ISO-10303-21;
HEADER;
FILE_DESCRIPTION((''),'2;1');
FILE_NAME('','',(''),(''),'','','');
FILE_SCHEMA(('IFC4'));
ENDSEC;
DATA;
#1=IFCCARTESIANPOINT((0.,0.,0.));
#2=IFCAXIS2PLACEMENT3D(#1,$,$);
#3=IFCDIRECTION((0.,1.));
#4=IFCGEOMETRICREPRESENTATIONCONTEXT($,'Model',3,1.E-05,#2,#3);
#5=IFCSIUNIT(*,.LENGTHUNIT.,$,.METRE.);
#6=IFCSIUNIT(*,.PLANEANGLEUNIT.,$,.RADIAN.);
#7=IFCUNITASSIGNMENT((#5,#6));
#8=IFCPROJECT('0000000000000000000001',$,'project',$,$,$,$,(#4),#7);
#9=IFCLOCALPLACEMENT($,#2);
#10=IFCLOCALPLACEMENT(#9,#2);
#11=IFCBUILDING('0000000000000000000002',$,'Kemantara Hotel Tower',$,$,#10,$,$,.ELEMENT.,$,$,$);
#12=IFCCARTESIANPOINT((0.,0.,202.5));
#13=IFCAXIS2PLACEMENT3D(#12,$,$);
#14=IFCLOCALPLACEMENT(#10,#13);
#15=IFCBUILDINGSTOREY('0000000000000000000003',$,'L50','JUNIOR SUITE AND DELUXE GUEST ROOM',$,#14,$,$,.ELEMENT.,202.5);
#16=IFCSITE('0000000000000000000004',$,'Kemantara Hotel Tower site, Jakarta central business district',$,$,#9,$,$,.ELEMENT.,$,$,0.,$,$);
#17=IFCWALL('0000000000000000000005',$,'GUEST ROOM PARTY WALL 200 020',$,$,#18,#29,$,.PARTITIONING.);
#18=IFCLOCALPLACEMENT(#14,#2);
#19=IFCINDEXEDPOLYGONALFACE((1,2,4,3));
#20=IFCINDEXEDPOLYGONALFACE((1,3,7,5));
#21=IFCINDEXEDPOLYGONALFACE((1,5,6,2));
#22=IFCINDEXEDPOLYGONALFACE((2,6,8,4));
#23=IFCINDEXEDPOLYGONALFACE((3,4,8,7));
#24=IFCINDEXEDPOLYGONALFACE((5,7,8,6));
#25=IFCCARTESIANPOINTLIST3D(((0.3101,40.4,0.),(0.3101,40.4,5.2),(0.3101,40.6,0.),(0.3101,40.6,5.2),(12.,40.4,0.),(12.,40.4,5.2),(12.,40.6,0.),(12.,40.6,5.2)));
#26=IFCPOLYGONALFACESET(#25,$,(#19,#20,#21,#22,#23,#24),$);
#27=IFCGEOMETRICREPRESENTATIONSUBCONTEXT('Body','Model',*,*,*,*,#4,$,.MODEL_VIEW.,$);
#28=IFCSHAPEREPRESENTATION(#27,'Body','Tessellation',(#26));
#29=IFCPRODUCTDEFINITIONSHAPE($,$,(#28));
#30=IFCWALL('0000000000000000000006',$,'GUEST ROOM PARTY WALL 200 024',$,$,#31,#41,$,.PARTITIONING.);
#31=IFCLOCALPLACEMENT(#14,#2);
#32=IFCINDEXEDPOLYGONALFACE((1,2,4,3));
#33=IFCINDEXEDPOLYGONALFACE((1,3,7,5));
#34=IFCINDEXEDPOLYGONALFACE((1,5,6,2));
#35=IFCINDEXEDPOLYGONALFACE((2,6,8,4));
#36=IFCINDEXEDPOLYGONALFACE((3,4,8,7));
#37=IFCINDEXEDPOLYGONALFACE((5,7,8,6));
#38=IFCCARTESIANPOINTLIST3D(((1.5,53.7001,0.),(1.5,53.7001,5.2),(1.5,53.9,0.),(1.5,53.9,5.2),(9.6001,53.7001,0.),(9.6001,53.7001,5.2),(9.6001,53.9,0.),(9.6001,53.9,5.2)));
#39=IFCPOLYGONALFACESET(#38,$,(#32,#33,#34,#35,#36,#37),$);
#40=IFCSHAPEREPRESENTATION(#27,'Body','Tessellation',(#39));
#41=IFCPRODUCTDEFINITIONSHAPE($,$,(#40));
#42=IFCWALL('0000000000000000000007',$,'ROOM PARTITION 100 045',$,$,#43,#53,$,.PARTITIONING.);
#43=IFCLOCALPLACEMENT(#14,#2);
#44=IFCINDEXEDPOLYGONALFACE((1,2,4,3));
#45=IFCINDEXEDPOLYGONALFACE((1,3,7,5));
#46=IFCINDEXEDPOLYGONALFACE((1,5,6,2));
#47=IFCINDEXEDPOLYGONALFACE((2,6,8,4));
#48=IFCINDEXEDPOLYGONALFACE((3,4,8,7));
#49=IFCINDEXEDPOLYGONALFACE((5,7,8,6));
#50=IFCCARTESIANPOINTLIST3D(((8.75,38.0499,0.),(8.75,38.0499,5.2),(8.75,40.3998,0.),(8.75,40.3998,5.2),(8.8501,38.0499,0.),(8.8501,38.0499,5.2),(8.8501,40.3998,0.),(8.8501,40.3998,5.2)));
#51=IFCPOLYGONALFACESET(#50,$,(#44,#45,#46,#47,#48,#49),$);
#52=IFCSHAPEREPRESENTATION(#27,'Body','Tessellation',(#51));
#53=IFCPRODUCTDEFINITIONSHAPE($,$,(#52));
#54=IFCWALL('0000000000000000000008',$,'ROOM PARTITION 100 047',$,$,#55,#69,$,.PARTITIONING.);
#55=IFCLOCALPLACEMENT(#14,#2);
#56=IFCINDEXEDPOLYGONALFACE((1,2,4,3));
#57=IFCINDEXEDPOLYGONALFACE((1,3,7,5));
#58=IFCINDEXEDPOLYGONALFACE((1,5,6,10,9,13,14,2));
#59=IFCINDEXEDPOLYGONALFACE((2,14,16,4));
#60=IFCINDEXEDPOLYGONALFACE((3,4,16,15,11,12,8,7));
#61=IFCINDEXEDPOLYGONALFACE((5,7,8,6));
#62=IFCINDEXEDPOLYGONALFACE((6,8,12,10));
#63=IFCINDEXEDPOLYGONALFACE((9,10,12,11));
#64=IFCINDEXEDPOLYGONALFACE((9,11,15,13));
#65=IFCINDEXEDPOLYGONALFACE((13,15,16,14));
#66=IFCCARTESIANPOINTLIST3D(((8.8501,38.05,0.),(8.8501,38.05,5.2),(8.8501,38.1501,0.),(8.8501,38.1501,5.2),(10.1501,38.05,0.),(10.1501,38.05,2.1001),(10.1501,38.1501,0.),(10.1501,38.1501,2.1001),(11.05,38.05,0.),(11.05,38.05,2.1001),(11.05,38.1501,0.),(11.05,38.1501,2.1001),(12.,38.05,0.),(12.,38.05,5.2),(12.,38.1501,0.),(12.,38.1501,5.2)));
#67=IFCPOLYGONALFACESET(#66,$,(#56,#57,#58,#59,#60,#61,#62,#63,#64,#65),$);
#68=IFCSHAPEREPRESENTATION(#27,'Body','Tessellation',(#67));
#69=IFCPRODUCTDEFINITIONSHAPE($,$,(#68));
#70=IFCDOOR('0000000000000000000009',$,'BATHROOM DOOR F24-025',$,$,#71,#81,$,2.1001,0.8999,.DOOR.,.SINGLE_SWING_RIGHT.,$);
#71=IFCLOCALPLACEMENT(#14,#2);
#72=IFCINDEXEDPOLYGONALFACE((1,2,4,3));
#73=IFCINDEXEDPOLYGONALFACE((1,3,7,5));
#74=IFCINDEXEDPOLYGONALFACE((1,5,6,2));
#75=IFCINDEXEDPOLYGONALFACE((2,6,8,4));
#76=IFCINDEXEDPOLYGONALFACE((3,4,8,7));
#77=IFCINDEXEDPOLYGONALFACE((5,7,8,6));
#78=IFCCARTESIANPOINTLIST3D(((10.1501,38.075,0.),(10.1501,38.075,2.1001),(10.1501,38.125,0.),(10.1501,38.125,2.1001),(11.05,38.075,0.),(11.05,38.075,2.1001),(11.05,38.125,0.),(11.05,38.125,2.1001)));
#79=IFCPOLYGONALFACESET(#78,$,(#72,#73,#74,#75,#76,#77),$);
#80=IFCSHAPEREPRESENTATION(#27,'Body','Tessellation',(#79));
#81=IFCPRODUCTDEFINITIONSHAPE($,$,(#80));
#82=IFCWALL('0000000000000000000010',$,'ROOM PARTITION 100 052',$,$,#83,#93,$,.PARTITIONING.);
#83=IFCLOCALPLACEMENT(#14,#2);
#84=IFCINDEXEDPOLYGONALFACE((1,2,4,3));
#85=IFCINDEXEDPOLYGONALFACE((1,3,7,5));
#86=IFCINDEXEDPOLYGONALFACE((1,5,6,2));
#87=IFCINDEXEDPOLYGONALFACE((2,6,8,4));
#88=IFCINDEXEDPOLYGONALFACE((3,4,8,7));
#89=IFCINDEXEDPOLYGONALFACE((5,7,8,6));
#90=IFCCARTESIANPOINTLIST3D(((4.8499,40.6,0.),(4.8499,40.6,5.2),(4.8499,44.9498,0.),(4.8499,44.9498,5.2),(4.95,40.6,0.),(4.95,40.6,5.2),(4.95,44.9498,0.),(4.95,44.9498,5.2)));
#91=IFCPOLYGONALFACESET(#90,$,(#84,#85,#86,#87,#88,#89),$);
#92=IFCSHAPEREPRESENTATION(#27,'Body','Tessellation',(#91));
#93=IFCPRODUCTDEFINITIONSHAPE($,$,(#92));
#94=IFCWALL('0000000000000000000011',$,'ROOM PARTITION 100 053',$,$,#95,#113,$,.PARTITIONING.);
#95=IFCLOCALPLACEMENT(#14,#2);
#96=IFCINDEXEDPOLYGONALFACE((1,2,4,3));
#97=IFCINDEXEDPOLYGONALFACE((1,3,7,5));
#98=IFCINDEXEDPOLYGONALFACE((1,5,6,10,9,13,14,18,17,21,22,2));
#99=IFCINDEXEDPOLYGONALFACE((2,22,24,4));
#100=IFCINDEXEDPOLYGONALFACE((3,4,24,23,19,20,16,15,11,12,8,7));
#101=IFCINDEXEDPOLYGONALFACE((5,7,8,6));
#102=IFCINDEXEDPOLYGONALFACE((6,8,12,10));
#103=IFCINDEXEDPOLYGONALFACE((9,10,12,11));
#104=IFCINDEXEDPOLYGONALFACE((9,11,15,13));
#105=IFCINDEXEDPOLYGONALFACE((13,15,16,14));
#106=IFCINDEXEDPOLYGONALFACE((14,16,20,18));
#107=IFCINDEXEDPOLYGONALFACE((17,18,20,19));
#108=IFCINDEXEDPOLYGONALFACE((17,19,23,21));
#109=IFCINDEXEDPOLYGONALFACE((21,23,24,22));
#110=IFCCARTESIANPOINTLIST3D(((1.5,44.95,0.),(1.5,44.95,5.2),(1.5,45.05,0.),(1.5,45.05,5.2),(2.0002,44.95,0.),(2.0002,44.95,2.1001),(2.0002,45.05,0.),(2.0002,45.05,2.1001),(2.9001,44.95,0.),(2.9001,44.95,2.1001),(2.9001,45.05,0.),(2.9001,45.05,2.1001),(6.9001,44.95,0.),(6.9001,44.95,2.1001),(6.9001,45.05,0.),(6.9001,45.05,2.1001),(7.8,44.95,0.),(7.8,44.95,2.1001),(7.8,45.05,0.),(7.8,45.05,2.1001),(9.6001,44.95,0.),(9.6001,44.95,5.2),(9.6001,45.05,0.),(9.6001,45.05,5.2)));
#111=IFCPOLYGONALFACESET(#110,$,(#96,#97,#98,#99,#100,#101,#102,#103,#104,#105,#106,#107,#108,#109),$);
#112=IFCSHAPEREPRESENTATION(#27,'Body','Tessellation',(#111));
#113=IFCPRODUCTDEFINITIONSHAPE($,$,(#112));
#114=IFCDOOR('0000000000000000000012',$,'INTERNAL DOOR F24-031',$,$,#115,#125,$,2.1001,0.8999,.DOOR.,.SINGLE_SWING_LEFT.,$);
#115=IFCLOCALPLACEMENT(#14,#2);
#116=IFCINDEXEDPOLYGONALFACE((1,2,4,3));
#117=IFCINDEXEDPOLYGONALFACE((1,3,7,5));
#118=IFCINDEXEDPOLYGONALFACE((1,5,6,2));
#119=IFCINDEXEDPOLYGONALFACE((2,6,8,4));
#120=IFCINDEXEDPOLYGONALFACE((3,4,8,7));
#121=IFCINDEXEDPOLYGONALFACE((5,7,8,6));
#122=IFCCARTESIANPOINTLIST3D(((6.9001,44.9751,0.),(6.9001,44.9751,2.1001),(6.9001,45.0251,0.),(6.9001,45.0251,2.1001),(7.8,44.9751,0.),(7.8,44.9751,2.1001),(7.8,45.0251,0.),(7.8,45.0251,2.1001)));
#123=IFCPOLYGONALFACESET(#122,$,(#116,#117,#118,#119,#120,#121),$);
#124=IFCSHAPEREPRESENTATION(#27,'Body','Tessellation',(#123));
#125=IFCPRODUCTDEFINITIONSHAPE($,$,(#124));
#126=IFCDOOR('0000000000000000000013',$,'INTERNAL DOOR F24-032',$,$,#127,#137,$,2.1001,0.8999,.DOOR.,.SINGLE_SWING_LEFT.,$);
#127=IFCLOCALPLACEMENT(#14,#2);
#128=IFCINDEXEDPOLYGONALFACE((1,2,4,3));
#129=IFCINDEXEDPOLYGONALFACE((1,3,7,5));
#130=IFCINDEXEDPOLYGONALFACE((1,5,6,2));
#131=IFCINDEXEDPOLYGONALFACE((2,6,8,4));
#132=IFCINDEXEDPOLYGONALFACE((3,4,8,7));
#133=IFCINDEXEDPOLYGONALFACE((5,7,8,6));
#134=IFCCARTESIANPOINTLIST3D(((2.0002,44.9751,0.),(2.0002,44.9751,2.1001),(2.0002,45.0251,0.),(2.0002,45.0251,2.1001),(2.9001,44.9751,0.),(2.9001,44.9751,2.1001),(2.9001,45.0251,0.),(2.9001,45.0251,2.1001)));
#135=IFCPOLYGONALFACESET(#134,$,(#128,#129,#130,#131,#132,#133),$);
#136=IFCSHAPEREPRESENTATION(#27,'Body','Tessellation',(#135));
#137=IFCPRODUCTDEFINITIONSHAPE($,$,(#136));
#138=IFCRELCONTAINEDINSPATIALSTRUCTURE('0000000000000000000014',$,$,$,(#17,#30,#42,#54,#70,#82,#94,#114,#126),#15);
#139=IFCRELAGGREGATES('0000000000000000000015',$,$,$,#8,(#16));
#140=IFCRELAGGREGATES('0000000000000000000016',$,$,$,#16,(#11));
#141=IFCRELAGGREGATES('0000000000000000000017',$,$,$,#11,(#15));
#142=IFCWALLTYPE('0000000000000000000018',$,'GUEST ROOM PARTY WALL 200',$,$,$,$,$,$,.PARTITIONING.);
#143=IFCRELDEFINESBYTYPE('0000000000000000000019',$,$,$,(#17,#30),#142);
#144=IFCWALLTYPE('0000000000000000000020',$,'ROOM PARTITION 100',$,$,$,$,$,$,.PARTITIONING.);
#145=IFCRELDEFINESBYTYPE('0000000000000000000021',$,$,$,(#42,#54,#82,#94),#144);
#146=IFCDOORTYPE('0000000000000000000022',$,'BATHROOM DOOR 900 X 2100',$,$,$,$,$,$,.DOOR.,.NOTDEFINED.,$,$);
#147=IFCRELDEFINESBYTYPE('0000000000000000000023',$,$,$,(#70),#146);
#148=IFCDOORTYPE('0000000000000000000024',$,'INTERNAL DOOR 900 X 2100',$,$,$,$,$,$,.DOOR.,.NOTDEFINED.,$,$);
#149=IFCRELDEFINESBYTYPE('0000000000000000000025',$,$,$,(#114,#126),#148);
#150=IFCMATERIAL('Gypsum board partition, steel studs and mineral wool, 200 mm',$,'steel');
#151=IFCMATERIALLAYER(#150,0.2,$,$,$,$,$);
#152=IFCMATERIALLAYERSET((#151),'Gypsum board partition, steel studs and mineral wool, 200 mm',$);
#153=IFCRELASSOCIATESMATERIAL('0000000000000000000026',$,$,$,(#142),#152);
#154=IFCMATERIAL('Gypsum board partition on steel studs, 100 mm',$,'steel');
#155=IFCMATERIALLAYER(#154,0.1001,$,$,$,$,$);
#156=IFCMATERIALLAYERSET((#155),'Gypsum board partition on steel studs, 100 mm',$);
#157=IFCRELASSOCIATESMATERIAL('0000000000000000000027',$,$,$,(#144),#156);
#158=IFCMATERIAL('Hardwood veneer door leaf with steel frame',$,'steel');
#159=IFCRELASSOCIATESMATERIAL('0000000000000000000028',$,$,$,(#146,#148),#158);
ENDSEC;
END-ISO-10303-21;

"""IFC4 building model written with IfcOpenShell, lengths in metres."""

from ifc_helpers import new_model, si_unit, direction, frame, frame_2d, origin, place, context, subcontext, project, spatial, rectangle, extrude, material, layer, layer_set, type_object, element, fill, save


model = new_model("IFC4")

# Units and contexts
model_context = context("Model", 3, precision=1e-05, world=origin(), true_north=direction((0.0, 1.0)))
body_context = subcontext(model_context, "Body", "Model", "MODEL_VIEW")
ifc_project = project(units=[si_unit("LENGTHUNIT", "METRE"), si_unit("PLANEANGLEUNIT", "RADIAN")], contexts=[model_context])

# Site, building, storey
site_placement = place(None, origin())
site = spatial("IfcSite", under=ifc_project, at=site_placement, Name="Kemantara Hotel Tower site, Jakarta central business district", CompositionType="ELEMENT", RefElevation=0.0)
building_placement = place(site_placement, origin())
building = spatial("IfcBuilding", under=site, at=building_placement, Name="Kemantara Hotel Tower", CompositionType="ELEMENT")
storey_placement = place(building_placement, frame((0.0, 0.0, 202.5)))
storey = spatial("IfcBuildingStorey", under=building, at=storey_placement, Name="L50", Description="JUNIOR SUITE AND DELUXE GUEST ROOM", CompositionType="ELEMENT", Elevation=202.5)

# Shared definitions
ifc_material_1 = material(Name="Gypsum board partition, steel studs and mineral wool, 200 mm", Category="steel")
ifc_material_2 = material(Name="Hardwood veneer door leaf with steel frame", Category="steel")

# Walls
ifc_layer_1 = layer(ifc_material_1, 0.2)
ifc_layer_set_1 = layer_set([ifc_layer_1], Name="Gypsum board partition, steel studs and mineral wool, 200 mm")
wall_type_1 = type_object("IfcWallType", Name="GUEST ROOM PARTY WALL 200", PredefinedType="PARTITIONING", material=ifc_layer_set_1)
wall_1_placement = place(storey_placement, frame((0.3101, 40.5, 0.0), z_axis=(0.0, 0.0, 1.0), x_axis=(1.0, 0.0, 0.0)))
element("IfcWall", 1, at=wall_1_placement, inside=storey, type_object=wall_type_1, Name="GUEST ROOM PARTY WALL 200 020", PredefinedType="PARTITIONING", context=body_context, shape_type="SweptSolid", body=[
    extrude(rectangle(XDim=11.6899, YDim=0.2, at=frame_2d((5.845, 0.0))), origin(), (0.0, 0.0, 1.0), 5.2),
])
wall_2_placement = place(storey_placement, frame((1.5, 53.8, 0.0), z_axis=(0.0, 0.0, 1.0), x_axis=(1.0, 0.0, 0.0)))
element("IfcWall", 2, at=wall_2_placement, inside=storey, type_object=wall_type_1, Name="GUEST ROOM PARTY WALL 200 024", PredefinedType="PARTITIONING", context=body_context, shape_type="SweptSolid", body=[
    extrude(rectangle(XDim=8.1001, YDim=0.2, at=frame_2d((4.05, 0.0))), origin(), (0.0, 0.0, 1.0), 5.2),
])
ifc_material_3 = material(Name="Gypsum board partition on steel studs, 100 mm", Category="steel")
ifc_layer_2 = layer(ifc_material_3, 0.1001)
ifc_layer_set_2 = layer_set([ifc_layer_2], Name="Gypsum board partition on steel studs, 100 mm")
wall_type_2 = type_object("IfcWallType", Name="ROOM PARTITION 100", PredefinedType="PARTITIONING", material=ifc_layer_set_2)
wall_3_placement = place(storey_placement, frame((8.8, 38.05, 0.0), z_axis=(0.0, 0.0, 1.0), x_axis=(0.0, 1.0, 0.0)))
element("IfcWall", 3, at=wall_3_placement, inside=storey, type_object=wall_type_2, Name="ROOM PARTITION 100 045", PredefinedType="PARTITIONING", context=body_context, shape_type="SweptSolid", body=[
    extrude(rectangle(XDim=2.3499, YDim=0.1001, at=frame_2d((1.1748, 0.0))), origin(), (0.0, 0.0, 1.0), 5.2),
])

# Wall, opening, door
wall_4_placement = place(storey_placement, frame((8.8501, 38.1001, 0.0), z_axis=(0.0, 0.0, 1.0), x_axis=(1.0, 0.0, 0.0)))
wall_4 = element("IfcWall", 4, at=wall_4_placement, inside=storey, type_object=wall_type_2, Name="ROOM PARTITION 100 047", PredefinedType="PARTITIONING", context=body_context, shape_type="SweptSolid", body=[
    extrude(rectangle(XDim=3.1499, YDim=0.1001, at=frame_2d((1.575, 0.0))), origin(), (0.0, 0.0, 1.0), 5.2),
])
opening_1_placement = place(wall_4_placement, frame((1.3, 0.0, 0.0)))
opening_1 = element("IfcOpeningElement", 5, at=opening_1_placement, cuts=wall_4, PredefinedType="OPENING", context=body_context, shape_type="SweptSolid", body=[
    extrude(rectangle(XDim=0.8999, YDim=2.1001, at=frame_2d((0.45, 1.05))), frame((0.0, 0.0601, 0.0), z_axis=(0.0, -1.0, 0.0), x_axis=(1.0, 0.0, 0.0)), (0.0, 0.0, 1.0), 0.1201),
])
door_type_1 = type_object("IfcDoorType", Name="BATHROOM DOOR 900 X 2100", OperationType="NOTDEFINED", PredefinedType="DOOR", material=ifc_material_2)
door_1_placement = place(opening_1_placement, origin())
door_1 = element("IfcDoor", 6, at=door_1_placement, inside=storey, type_object=door_type_1, Name="BATHROOM DOOR F24-025", OperationType="SINGLE_SWING_RIGHT", OverallHeight=2.1001, OverallWidth=0.8999, PredefinedType="DOOR", context=body_context, shape_type="SweptSolid", body=[
    extrude(rectangle(XDim=0.8999, YDim=2.1001, at=frame_2d((0.45, 1.05))), frame((0.0, 0.0249, 0.0), z_axis=(0.0, -1.0, 0.0), x_axis=(1.0, 0.0, 0.0)), (0.0, 0.0, 1.0), 0.05),
])
fill(opening_1, door_1)

# Wall
wall_5_placement = place(storey_placement, frame((4.8999, 40.6001, 0.0), z_axis=(0.0, 0.0, 1.0), x_axis=(0.0, 1.0, 0.0)))
element("IfcWall", 7, at=wall_5_placement, inside=storey, type_object=wall_type_2, Name="ROOM PARTITION 100 052", PredefinedType="PARTITIONING", context=body_context, shape_type="SweptSolid", body=[
    extrude(rectangle(XDim=4.3499, YDim=0.1001, at=frame_2d((2.1748, 0.0))), origin(), (0.0, 0.0, 1.0), 5.2),
])

# Wall, openings, doors
wall_6_placement = place(storey_placement, frame((9.6001, 45.0, 0.0), z_axis=(0.0, 0.0, 1.0), x_axis=(-1.0, 0.0, 0.0)))
wall_6 = element("IfcWall", 8, at=wall_6_placement, inside=storey, type_object=wall_type_2, Name="ROOM PARTITION 100 053", PredefinedType="PARTITIONING", context=body_context, shape_type="SweptSolid", body=[
    extrude(rectangle(XDim=8.1001, YDim=0.1001, at=frame_2d((4.05, 0.0))), origin(), (0.0, 0.0, 1.0), 5.2),
])
opening_2_placement = place(wall_6_placement, frame((1.8, 0.0, 0.0)))
opening_2 = element("IfcOpeningElement", 9, at=opening_2_placement, cuts=wall_6, PredefinedType="OPENING", context=body_context, shape_type="SweptSolid", body=[
    extrude(rectangle(XDim=0.8999, YDim=2.1001, at=frame_2d((0.45, 1.05))), frame((0.0, 0.0601, 0.0), z_axis=(0.0, -1.0, 0.0), x_axis=(1.0, 0.0, 0.0)), (0.0, 0.0, 1.0), 0.1201),
])
opening_3_placement = place(wall_6_placement, frame((6.7, 0.0, 0.0)))
opening_3 = element("IfcOpeningElement", 10, at=opening_3_placement, cuts=wall_6, PredefinedType="OPENING", context=body_context, shape_type="SweptSolid", body=[
    extrude(rectangle(XDim=0.8999, YDim=2.1001, at=frame_2d((0.45, 1.05))), frame((0.0, 0.0601, 0.0), z_axis=(0.0, -1.0, 0.0), x_axis=(1.0, 0.0, 0.0)), (0.0, 0.0, 1.0), 0.1201),
])
door_type_2 = type_object("IfcDoorType", Name="INTERNAL DOOR 900 X 2100", OperationType="NOTDEFINED", PredefinedType="DOOR", material=ifc_material_2)
door_2_placement = place(opening_2_placement, origin())
door_2 = element("IfcDoor", 11, at=door_2_placement, inside=storey, type_object=door_type_2, Name="INTERNAL DOOR F24-031", OperationType="SINGLE_SWING_LEFT", OverallHeight=2.1001, OverallWidth=0.8999, PredefinedType="DOOR", context=body_context, shape_type="SweptSolid", body=[
    extrude(rectangle(XDim=0.8999, YDim=2.1001, at=frame_2d((0.45, 1.05))), frame((0.0, 0.0249, 0.0), z_axis=(0.0, -1.0, 0.0), x_axis=(1.0, 0.0, 0.0)), (0.0, 0.0, 1.0), 0.05),
])
fill(opening_2, door_2)
door_3_placement = place(opening_3_placement, origin())
door_3 = element("IfcDoor", 12, at=door_3_placement, inside=storey, type_object=door_type_2, Name="INTERNAL DOOR F24-032", OperationType="SINGLE_SWING_LEFT", OverallHeight=2.1001, OverallWidth=0.8999, PredefinedType="DOOR", context=body_context, shape_type="SweptSolid", body=[
    extrude(rectangle(XDim=0.8999, YDim=2.1001, at=frame_2d((0.45, 1.05))), frame((0.0, 0.0249, 0.0), z_axis=(0.0, -1.0, 0.0), x_axis=(1.0, 0.0, 0.0)), (0.0, 0.0, 1.0), 0.05),
])
fill(opening_3, door_3)

save(model, "model.ifc")
